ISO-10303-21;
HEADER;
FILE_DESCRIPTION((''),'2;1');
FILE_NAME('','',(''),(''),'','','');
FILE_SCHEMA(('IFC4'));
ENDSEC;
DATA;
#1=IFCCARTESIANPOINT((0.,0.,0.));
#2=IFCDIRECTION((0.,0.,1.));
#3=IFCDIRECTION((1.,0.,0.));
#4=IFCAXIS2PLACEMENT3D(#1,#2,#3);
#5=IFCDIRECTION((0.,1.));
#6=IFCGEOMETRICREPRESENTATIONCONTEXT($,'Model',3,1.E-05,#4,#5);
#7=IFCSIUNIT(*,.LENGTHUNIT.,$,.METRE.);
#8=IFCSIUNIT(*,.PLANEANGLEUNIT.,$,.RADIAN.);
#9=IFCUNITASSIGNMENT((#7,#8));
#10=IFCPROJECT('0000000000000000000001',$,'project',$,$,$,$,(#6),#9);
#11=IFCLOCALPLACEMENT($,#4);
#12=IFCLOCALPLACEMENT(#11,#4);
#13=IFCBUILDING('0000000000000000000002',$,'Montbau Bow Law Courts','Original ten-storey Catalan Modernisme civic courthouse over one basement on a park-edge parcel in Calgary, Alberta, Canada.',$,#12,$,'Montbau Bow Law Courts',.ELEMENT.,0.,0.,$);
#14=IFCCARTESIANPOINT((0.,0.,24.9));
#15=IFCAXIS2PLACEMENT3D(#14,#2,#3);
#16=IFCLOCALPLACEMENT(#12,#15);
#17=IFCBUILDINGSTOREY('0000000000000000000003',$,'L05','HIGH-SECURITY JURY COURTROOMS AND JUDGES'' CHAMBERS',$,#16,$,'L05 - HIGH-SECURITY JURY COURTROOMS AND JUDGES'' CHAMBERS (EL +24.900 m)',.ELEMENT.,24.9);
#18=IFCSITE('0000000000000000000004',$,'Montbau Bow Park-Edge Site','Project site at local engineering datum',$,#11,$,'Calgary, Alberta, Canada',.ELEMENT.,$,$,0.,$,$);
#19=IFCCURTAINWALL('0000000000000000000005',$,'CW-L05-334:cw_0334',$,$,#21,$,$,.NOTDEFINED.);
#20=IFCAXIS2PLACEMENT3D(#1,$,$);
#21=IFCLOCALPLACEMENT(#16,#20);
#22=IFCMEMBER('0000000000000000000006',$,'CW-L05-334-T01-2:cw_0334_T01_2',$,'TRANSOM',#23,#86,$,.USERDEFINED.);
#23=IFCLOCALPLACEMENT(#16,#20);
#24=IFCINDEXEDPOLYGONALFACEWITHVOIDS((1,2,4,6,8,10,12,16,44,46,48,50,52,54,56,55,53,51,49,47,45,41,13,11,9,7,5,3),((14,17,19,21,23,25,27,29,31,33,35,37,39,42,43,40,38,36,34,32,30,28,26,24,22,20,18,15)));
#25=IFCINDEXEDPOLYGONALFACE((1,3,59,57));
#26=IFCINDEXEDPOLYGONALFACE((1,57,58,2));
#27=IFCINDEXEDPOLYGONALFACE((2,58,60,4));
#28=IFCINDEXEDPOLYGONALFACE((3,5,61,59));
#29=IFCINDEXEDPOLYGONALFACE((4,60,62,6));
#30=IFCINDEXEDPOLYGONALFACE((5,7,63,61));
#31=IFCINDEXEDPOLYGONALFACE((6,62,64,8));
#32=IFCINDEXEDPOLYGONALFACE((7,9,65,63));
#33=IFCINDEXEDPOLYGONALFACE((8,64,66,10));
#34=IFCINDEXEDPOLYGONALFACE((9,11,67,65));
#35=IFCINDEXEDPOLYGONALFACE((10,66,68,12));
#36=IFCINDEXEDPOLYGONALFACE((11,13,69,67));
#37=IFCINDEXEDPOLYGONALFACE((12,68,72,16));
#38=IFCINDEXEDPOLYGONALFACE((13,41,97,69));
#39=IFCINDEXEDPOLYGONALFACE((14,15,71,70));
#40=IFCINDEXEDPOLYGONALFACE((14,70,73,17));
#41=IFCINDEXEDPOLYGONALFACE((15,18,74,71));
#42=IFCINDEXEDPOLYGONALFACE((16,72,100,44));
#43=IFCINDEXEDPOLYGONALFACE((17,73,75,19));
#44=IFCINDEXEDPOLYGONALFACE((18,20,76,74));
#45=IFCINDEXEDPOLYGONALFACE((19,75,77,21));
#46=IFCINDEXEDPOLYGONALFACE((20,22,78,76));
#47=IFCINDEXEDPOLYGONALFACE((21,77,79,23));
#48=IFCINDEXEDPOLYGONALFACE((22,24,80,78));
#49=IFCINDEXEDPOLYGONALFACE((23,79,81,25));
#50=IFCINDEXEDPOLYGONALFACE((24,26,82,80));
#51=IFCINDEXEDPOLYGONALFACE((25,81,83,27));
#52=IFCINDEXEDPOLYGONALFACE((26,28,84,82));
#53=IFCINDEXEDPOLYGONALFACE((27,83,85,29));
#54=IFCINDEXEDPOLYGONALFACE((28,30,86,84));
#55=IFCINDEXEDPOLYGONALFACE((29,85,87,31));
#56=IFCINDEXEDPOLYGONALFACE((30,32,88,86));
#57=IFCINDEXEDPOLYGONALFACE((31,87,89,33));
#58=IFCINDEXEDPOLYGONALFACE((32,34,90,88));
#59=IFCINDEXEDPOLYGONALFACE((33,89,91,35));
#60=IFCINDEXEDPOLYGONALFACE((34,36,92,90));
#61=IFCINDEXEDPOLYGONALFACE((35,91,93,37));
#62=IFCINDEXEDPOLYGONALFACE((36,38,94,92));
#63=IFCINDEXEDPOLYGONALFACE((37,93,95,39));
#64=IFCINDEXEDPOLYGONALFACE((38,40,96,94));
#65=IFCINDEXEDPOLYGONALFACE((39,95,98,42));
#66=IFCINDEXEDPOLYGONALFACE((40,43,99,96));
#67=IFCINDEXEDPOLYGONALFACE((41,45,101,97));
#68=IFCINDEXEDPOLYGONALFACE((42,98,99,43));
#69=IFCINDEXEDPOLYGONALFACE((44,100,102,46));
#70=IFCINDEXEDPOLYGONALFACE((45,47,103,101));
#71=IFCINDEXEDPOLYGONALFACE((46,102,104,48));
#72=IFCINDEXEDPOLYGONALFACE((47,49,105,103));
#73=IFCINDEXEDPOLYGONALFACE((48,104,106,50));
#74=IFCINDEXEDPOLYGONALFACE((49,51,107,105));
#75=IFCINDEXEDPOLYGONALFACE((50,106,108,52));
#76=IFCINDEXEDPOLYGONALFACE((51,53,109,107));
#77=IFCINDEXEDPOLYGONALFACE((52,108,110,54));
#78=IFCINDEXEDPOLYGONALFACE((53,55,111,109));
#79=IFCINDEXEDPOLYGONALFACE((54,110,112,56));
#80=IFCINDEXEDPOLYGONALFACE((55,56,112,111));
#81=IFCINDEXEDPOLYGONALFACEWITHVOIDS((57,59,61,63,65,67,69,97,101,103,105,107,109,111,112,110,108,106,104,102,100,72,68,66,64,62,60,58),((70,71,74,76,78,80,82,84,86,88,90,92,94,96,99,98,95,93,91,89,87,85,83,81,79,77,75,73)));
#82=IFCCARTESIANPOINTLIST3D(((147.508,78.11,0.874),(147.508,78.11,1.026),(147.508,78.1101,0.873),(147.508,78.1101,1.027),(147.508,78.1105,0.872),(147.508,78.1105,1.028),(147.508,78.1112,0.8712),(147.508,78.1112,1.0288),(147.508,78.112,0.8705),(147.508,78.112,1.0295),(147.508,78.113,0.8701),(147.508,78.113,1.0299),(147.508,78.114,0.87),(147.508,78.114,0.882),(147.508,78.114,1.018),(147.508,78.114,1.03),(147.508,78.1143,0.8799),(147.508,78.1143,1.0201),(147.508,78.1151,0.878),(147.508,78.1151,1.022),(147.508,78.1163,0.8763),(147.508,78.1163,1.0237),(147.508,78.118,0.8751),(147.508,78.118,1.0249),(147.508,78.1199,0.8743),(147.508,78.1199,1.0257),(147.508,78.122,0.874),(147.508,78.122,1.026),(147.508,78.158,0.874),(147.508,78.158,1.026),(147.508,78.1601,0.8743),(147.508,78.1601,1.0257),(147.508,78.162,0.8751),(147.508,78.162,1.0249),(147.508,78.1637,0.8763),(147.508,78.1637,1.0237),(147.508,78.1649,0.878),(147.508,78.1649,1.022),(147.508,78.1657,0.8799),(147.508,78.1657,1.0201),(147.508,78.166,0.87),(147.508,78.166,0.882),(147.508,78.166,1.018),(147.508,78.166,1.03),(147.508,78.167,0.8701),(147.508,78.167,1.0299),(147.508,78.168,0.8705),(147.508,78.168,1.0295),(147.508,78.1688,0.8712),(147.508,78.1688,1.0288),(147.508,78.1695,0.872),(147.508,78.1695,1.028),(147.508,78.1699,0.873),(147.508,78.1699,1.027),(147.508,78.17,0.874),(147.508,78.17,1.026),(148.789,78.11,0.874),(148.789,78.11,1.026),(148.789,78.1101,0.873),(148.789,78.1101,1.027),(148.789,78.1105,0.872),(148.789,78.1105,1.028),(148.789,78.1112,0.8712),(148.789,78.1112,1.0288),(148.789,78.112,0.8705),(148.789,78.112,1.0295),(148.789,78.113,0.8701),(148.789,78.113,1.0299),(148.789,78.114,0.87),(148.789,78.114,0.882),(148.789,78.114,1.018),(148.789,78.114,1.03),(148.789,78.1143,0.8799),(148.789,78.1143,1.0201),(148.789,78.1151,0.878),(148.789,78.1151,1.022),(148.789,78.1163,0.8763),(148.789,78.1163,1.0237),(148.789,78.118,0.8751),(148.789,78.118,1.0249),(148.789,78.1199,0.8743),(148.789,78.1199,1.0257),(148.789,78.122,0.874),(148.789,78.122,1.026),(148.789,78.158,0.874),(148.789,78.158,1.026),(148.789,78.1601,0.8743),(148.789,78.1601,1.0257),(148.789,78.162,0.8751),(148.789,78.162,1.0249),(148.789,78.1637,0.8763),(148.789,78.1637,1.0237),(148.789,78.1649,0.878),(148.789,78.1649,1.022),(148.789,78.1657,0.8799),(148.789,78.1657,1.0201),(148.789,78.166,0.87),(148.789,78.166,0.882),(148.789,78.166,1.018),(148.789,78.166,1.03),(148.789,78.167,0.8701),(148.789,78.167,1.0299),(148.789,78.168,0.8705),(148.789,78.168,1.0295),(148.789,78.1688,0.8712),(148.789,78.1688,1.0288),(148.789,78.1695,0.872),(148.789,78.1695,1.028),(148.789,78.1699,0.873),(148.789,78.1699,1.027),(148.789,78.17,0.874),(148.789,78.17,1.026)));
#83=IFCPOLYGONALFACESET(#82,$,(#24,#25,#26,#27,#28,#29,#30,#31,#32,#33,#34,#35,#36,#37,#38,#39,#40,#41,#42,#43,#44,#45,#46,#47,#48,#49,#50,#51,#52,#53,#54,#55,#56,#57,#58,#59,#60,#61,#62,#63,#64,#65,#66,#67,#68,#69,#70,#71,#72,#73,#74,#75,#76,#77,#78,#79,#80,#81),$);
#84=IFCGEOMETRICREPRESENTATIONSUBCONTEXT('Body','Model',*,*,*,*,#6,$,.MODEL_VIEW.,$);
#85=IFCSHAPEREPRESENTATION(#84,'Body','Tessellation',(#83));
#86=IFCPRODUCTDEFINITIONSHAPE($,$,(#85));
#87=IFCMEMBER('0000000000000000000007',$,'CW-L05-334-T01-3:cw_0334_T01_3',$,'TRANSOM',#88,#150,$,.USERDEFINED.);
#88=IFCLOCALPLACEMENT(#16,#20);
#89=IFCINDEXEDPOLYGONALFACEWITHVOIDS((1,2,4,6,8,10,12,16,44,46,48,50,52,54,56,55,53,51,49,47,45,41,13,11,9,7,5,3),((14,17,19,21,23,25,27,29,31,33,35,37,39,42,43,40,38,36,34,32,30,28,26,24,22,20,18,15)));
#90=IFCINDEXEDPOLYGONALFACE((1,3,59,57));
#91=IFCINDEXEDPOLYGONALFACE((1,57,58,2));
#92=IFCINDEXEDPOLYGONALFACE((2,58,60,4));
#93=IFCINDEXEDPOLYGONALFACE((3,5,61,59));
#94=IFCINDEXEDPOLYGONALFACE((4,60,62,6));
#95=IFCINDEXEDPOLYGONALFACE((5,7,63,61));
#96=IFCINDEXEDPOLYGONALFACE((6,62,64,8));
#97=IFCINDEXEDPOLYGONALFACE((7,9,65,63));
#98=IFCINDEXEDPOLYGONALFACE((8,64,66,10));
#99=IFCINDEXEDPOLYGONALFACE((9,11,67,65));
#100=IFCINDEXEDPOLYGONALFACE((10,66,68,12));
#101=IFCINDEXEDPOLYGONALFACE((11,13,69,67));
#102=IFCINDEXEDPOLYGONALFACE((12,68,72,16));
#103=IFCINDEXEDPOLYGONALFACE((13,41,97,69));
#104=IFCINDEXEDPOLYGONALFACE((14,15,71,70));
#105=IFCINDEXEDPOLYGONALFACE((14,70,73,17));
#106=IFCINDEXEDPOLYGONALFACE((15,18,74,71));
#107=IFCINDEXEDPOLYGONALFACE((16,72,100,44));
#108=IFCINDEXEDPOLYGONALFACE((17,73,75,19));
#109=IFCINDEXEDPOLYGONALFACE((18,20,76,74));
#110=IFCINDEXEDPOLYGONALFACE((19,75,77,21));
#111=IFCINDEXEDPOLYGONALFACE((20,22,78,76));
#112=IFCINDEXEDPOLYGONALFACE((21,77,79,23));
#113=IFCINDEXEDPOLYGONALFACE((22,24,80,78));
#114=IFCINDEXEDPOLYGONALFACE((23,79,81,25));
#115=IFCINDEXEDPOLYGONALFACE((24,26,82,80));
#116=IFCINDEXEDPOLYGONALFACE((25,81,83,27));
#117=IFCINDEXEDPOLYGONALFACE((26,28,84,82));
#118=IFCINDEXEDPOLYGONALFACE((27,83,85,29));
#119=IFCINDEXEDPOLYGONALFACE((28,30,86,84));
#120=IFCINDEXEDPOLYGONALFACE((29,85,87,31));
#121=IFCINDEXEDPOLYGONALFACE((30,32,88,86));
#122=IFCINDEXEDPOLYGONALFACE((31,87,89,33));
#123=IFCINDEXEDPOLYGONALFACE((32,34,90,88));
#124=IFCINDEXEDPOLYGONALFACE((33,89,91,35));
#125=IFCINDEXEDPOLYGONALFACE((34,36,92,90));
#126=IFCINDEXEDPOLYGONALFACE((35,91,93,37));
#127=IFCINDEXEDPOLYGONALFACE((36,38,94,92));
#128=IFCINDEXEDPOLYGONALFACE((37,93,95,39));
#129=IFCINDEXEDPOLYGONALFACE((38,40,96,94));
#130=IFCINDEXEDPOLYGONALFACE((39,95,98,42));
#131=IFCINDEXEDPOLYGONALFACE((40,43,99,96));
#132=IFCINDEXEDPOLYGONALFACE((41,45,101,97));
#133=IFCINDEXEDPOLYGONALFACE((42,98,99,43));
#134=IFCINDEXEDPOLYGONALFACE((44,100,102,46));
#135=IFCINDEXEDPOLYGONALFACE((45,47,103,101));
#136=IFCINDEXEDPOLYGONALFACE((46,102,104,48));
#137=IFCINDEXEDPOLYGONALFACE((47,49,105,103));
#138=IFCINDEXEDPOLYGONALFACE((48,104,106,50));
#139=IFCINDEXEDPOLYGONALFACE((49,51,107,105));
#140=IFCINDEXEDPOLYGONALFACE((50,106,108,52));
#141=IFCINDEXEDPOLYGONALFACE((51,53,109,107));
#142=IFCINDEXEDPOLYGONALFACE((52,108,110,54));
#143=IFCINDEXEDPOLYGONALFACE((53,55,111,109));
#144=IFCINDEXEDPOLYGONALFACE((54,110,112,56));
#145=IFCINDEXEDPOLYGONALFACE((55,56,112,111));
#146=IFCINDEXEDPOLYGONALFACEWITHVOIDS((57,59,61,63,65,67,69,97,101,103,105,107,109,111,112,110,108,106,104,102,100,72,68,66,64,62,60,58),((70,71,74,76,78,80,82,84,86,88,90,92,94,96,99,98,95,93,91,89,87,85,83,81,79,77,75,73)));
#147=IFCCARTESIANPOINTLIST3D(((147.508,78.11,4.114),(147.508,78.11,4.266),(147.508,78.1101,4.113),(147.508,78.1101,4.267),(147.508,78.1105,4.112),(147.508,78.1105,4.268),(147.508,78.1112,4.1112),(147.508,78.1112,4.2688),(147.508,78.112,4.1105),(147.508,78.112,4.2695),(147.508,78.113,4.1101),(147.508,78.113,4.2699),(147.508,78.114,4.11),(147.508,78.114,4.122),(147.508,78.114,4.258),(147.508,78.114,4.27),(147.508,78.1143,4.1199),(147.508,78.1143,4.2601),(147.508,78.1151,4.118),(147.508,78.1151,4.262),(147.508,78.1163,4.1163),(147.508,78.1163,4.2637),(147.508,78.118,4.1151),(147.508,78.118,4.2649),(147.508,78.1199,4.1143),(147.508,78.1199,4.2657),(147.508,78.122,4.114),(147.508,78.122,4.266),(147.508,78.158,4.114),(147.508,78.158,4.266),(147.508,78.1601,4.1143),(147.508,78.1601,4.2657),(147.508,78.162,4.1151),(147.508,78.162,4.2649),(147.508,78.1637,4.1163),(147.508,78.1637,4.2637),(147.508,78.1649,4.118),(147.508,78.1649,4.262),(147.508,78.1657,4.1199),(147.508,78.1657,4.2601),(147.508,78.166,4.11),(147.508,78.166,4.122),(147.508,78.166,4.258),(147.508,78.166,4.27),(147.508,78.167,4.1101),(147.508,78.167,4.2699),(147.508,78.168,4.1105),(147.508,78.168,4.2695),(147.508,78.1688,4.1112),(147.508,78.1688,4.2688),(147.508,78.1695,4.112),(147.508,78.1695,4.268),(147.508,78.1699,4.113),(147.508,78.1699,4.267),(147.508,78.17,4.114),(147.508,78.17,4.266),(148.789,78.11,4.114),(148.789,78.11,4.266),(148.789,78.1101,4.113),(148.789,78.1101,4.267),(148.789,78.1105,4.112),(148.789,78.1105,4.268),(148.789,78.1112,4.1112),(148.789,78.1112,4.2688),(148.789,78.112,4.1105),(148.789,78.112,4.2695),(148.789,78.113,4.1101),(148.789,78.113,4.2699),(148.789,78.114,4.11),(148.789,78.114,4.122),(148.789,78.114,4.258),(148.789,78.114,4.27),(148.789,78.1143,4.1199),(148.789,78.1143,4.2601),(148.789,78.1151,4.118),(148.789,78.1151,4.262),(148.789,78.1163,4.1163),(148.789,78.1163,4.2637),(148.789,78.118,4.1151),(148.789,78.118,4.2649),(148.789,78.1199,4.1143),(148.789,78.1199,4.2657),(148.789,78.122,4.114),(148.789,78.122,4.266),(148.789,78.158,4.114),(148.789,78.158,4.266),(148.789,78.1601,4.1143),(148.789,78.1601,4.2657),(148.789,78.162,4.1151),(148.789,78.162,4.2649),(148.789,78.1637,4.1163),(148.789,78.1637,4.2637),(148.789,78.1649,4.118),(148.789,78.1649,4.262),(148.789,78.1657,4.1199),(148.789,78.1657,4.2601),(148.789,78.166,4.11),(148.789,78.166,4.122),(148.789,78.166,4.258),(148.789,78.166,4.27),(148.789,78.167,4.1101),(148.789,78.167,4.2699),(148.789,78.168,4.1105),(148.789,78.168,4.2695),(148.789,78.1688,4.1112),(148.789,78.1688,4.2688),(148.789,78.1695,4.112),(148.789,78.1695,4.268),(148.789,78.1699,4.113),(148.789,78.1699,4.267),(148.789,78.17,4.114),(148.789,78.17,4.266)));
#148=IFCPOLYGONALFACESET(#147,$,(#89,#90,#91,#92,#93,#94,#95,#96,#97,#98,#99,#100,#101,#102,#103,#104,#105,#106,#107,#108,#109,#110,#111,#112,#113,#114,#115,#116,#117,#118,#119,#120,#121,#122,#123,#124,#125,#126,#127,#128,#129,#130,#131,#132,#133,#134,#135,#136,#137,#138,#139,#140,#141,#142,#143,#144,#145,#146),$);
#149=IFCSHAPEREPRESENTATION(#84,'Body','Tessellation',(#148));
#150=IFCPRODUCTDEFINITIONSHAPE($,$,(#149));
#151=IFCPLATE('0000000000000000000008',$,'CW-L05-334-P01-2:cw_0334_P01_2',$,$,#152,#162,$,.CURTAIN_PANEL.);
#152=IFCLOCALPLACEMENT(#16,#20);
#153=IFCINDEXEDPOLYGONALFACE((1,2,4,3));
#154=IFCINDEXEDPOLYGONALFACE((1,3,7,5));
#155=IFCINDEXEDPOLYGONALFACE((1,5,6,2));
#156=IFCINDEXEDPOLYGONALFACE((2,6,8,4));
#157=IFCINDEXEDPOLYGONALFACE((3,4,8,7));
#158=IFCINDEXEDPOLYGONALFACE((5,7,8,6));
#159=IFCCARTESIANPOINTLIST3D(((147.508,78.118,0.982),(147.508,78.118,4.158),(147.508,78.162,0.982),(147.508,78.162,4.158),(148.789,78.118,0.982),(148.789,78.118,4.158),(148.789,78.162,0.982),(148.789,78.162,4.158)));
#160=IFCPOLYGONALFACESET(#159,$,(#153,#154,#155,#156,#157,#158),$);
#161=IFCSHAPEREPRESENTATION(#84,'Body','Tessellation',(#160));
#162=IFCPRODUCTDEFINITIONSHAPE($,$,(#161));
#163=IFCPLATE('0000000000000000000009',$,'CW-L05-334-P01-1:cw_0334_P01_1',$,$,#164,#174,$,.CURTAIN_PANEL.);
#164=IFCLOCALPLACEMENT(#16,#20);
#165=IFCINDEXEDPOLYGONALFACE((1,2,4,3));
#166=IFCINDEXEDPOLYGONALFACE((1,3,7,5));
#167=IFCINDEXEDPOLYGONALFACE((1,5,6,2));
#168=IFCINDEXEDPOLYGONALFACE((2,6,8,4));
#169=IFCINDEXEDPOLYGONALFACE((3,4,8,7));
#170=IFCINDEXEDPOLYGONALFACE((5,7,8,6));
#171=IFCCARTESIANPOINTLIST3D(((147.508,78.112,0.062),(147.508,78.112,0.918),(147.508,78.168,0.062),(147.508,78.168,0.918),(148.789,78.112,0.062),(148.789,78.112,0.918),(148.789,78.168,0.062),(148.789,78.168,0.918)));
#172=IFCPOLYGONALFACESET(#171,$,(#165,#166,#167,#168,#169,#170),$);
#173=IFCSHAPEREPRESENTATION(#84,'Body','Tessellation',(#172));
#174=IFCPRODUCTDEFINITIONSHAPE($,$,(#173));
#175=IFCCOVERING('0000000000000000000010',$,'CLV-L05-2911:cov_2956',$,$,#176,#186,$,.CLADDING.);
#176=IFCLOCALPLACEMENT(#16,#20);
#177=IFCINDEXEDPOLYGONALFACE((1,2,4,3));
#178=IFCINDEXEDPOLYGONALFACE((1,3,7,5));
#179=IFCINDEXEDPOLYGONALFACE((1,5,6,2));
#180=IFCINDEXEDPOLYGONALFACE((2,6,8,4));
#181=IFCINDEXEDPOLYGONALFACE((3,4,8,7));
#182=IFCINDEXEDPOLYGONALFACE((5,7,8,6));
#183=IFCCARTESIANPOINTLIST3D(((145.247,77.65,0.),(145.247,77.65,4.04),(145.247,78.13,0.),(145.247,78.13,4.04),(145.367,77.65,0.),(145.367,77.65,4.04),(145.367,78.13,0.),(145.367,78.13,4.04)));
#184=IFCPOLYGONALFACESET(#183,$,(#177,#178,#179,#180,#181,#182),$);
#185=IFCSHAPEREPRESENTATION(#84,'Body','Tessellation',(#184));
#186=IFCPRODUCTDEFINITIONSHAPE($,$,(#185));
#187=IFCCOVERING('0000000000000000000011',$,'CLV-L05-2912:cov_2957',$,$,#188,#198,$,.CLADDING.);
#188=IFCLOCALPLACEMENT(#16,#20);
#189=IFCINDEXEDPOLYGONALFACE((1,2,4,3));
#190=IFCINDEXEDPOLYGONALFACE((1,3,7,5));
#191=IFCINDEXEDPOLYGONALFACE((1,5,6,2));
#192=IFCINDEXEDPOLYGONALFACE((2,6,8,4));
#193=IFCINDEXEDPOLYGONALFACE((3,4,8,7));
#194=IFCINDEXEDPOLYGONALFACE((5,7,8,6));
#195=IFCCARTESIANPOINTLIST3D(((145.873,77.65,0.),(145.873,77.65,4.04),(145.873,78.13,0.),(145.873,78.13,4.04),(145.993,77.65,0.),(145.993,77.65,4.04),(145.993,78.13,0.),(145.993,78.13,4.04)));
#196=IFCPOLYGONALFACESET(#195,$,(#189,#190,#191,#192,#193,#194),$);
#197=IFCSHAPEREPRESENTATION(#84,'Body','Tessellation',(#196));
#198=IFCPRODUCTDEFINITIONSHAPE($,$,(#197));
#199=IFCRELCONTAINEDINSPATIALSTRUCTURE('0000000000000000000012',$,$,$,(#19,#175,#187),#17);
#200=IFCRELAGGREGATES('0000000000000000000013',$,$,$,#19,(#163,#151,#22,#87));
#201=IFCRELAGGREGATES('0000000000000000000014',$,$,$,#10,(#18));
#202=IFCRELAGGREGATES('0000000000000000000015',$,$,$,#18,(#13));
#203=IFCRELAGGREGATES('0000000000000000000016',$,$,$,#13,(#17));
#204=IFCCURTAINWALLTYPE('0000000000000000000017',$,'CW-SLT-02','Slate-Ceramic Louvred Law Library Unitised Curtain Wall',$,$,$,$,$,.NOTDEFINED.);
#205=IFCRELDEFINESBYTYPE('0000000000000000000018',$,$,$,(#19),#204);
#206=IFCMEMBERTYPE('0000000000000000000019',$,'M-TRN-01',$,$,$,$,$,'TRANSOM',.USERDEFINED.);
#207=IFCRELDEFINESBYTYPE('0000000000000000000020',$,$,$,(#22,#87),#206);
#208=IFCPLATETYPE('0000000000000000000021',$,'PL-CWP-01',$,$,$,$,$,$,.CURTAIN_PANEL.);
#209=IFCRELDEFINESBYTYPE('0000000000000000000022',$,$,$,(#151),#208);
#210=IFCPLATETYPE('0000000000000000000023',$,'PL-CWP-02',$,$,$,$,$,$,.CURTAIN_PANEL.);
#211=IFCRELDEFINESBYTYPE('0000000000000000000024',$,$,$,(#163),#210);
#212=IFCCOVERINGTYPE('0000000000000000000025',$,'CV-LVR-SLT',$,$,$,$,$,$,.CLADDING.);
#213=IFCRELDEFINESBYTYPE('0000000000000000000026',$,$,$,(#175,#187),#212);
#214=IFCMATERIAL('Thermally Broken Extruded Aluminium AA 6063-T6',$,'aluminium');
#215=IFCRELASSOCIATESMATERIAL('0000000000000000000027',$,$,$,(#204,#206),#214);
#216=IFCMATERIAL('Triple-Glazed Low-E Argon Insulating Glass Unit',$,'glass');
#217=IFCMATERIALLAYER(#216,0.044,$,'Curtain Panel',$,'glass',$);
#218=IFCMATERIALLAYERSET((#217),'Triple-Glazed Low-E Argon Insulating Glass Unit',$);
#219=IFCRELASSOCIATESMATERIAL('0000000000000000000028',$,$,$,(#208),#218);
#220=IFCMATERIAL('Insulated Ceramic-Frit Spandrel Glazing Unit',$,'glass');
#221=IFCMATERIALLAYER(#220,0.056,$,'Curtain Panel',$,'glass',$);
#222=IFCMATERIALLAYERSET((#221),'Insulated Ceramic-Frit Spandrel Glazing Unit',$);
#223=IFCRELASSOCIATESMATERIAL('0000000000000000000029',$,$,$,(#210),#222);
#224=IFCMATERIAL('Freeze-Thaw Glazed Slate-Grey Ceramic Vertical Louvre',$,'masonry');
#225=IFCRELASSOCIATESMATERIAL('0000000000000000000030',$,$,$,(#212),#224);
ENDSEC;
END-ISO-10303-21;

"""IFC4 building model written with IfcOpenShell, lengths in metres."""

from ifc_helpers import new_model, si_unit, direction, frame, frame_2d, origin_with_axes, origin_2d_with_axis, place, context, subcontext, project, spatial, rectangle, hollow_rectangle, extrude, material, layer, layer_set, material_profile, profile_set, type_object, element, aggregate, save


model = new_model("IFC4")

# Units and contexts
model_context = context("Model", 3, precision=1e-05, world=origin_with_axes(), true_north=direction((0.0, 1.0)))
body_context = subcontext(model_context, "Body", "Model", "MODEL_VIEW")
ifc_project = project(units=[si_unit("LENGTHUNIT", "METRE"), si_unit("PLANEANGLEUNIT", "RADIAN")], contexts=[model_context])

# Site, building, storey
site_placement = place(None, origin_with_axes())
site = spatial("IfcSite", under=ifc_project, at=site_placement, Name="Montbau Bow Park-Edge Site", Description="Project site at local engineering datum", LongName="Calgary, Alberta, Canada", CompositionType="ELEMENT", RefElevation=0.0)
building_placement = place(site_placement, origin_with_axes())
building = spatial("IfcBuilding", under=site, at=building_placement, Name="Montbau Bow Law Courts", Description="Original ten-storey Catalan Modernisme civic courthouse over one basement on a park-edge parcel in Calgary, Alberta, Canada.", LongName="Montbau Bow Law Courts", CompositionType="ELEMENT", ElevationOfRefHeight=0.0, ElevationOfTerrain=0.0)
storey_placement = place(building_placement, frame((0.0, 0.0, 24.9), z_axis=(0.0, 0.0, 1.0), x_axis=(1.0, 0.0, 0.0)))
storey = spatial("IfcBuildingStorey", under=building, at=storey_placement, Name="L05", Description="HIGH-SECURITY JURY COURTROOMS AND JUDGES' CHAMBERS", LongName="L05 - HIGH-SECURITY JURY COURTROOMS AND JUDGES' CHAMBERS (EL +24.900 m)", CompositionType="ELEMENT", Elevation=24.9)

# Shared definitions
ifc_material_1 = material(Name="Thermally Broken Extruded Aluminium AA 6063-T6", Category="aluminium")
curtain_wall_type = type_object("IfcCurtainWallType", Name="CW-SLT-02", Description="Slate-Ceramic Louvred Law Library Unitised Curtain Wall", PredefinedType="NOTDEFINED", material=ifc_material_1)

# Curtain wall, members, plates
curtain_wall_1_placement = place(None, frame((147.44, 78.14, 24.9), z_axis=(0.0, 0.0, 1.0), x_axis=(1.0, 0.0, 0.0)))
curtain_wall_1 = element("IfcCurtainWall", 1, at=curtain_wall_1_placement, inside=storey, type_object=curtain_wall_type, Name="CW-L05-334:cw_0334", PredefinedType="NOTDEFINED")
ifc_material_profile_1 = material_profile(ifc_material_1, hollow_rectangle(XDim=0.06, YDim=0.16, WallThickness=0.004, InnerFilletRadius=0.008, OuterFilletRadius=0.004, at=origin_2d_with_axis()), Name="CWT-160X60", Category="Main", Priority=0)
ifc_profile_set_1 = profile_set([ifc_material_profile_1], Name="Thermally Broken Extruded Aluminium AA 6063-T6")
member_type_1 = type_object("IfcMemberType", Name="M-TRN-01", ElementType="TRANSOM", PredefinedType="USERDEFINED", material=ifc_profile_set_1)
member_1_placement = place(None, frame((147.508, 78.14, 25.85), z_axis=(1.0, 0.0, 0.0), x_axis=(0.0, 1.0, 0.0)))
member_1 = element("IfcMember", 2, at=member_1_placement, type_object=member_type_1, Name="CW-L05-334-T01-2:cw_0334_T01_2", ObjectType="TRANSOM", PredefinedType="USERDEFINED", context=body_context, shape_type="SweptSolid", body=[
    extrude(hollow_rectangle(XDim=0.06, YDim=0.16, WallThickness=0.004, InnerFilletRadius=0.008, OuterFilletRadius=0.004, at=origin_2d_with_axis()), origin_with_axes(), (0.0, 0.0, 1.0), 1.281),
])
member_2_placement = place(None, frame((147.508, 78.14, 29.09), z_axis=(1.0, 0.0, 0.0), x_axis=(0.0, 1.0, 0.0)))
member_2 = element("IfcMember", 3, at=member_2_placement, type_object=member_type_1, Name="CW-L05-334-T01-3:cw_0334_T01_3", ObjectType="TRANSOM", PredefinedType="USERDEFINED", context=body_context, shape_type="SweptSolid", body=[
    extrude(hollow_rectangle(XDim=0.06, YDim=0.16, WallThickness=0.004, InnerFilletRadius=0.008, OuterFilletRadius=0.004, at=origin_2d_with_axis()), origin_with_axes(), (0.0, 0.0, 1.0), 1.281),
])
ifc_material_2 = material(Name="Triple-Glazed Low-E Argon Insulating Glass Unit", Category="glass")
ifc_layer_1 = layer(ifc_material_2, 0.044, Name="Curtain Panel", Category="glass")
ifc_layer_set_1 = layer_set([ifc_layer_1], Name="Triple-Glazed Low-E Argon Insulating Glass Unit")
plate_type_1 = type_object("IfcPlateType", Name="PL-CWP-01", PredefinedType="CURTAIN_PANEL", material=ifc_layer_set_1)
plate_1_placement = place(None, frame((147.508, 78.14, 25.882), z_axis=(0.0, -1.0, 0.0), x_axis=(1.0, 0.0, 0.0)))
plate_1 = element("IfcPlate", 4, at=plate_1_placement, type_object=plate_type_1, Name="CW-L05-334-P01-2:cw_0334_P01_2", PredefinedType="CURTAIN_PANEL", context=body_context, shape_type="SweptSolid", body=[
    extrude(rectangle(XDim=1.281, YDim=3.176, at=frame_2d((0.6405, 1.588), x_axis=(1.0, 0.0))), frame((0.0, 0.0, -0.022), z_axis=(0.0, 0.0, 1.0), x_axis=(1.0, 0.0, 0.0)), (0.0, 0.0, 1.0), 0.044),
])
ifc_material_3 = material(Name="Insulated Ceramic-Frit Spandrel Glazing Unit", Category="glass")
ifc_layer_2 = layer(ifc_material_3, 0.056, Name="Curtain Panel", Category="glass")
ifc_layer_set_2 = layer_set([ifc_layer_2], Name="Insulated Ceramic-Frit Spandrel Glazing Unit")
plate_type_2 = type_object("IfcPlateType", Name="PL-CWP-02", PredefinedType="CURTAIN_PANEL", material=ifc_layer_set_2)
plate_2_placement = place(None, frame((147.508, 78.14, 24.962), z_axis=(0.0, -1.0, 0.0), x_axis=(1.0, 0.0, 0.0)))
plate_2 = element("IfcPlate", 5, at=plate_2_placement, type_object=plate_type_2, Name="CW-L05-334-P01-1:cw_0334_P01_1", PredefinedType="CURTAIN_PANEL", context=body_context, shape_type="SweptSolid", body=[
    extrude(rectangle(XDim=1.281, YDim=0.856, at=frame_2d((0.6405, 0.428), x_axis=(1.0, 0.0))), frame((0.0, 0.0, -0.028), z_axis=(0.0, 0.0, 1.0), x_axis=(1.0, 0.0, 0.0)), (0.0, 0.0, 1.0), 0.056),
])
aggregate(curtain_wall_1, [plate_2, plate_1, member_1, member_2])

# Coverings
ifc_material_4 = material(Name="Freeze-Thaw Glazed Slate-Grey Ceramic Vertical Louvre", Category="masonry")
covering_type = type_object("IfcCoveringType", Name="CV-LVR-SLT", PredefinedType="CLADDING", material=ifc_material_4)
for number, where, z_axis, x_axis, name in (
    (6, (145.307, 78.13, 24.9), (-1.0, 0.0, 0.0), (0.0, -1.0, 0.0), "CLV-L05-2911:cov_2956"),
    (7, (145.933, 78.13, 24.9), (-1.0, 0.0, 0.0), (0.0, -1.0, 0.0), "CLV-L05-2912:cov_2957"),
):
    element("IfcCovering", number, at=place(None, frame(where, z_axis=z_axis, x_axis=x_axis)), inside=storey, type_object=covering_type, Name=name, PredefinedType="CLADDING", context=body_context, shape_type="SweptSolid", body=[
        extrude(rectangle(XDim=0.48, YDim=4.04, at=frame_2d((0.24, 2.02), x_axis=(1.0, 0.0))), frame((0.0, 0.0, -0.06), z_axis=(0.0, 0.0, 1.0), x_axis=(1.0, 0.0, 0.0)), (0.0, 0.0, 1.0), 0.12),
    ])

save(model, "model.ifc")
